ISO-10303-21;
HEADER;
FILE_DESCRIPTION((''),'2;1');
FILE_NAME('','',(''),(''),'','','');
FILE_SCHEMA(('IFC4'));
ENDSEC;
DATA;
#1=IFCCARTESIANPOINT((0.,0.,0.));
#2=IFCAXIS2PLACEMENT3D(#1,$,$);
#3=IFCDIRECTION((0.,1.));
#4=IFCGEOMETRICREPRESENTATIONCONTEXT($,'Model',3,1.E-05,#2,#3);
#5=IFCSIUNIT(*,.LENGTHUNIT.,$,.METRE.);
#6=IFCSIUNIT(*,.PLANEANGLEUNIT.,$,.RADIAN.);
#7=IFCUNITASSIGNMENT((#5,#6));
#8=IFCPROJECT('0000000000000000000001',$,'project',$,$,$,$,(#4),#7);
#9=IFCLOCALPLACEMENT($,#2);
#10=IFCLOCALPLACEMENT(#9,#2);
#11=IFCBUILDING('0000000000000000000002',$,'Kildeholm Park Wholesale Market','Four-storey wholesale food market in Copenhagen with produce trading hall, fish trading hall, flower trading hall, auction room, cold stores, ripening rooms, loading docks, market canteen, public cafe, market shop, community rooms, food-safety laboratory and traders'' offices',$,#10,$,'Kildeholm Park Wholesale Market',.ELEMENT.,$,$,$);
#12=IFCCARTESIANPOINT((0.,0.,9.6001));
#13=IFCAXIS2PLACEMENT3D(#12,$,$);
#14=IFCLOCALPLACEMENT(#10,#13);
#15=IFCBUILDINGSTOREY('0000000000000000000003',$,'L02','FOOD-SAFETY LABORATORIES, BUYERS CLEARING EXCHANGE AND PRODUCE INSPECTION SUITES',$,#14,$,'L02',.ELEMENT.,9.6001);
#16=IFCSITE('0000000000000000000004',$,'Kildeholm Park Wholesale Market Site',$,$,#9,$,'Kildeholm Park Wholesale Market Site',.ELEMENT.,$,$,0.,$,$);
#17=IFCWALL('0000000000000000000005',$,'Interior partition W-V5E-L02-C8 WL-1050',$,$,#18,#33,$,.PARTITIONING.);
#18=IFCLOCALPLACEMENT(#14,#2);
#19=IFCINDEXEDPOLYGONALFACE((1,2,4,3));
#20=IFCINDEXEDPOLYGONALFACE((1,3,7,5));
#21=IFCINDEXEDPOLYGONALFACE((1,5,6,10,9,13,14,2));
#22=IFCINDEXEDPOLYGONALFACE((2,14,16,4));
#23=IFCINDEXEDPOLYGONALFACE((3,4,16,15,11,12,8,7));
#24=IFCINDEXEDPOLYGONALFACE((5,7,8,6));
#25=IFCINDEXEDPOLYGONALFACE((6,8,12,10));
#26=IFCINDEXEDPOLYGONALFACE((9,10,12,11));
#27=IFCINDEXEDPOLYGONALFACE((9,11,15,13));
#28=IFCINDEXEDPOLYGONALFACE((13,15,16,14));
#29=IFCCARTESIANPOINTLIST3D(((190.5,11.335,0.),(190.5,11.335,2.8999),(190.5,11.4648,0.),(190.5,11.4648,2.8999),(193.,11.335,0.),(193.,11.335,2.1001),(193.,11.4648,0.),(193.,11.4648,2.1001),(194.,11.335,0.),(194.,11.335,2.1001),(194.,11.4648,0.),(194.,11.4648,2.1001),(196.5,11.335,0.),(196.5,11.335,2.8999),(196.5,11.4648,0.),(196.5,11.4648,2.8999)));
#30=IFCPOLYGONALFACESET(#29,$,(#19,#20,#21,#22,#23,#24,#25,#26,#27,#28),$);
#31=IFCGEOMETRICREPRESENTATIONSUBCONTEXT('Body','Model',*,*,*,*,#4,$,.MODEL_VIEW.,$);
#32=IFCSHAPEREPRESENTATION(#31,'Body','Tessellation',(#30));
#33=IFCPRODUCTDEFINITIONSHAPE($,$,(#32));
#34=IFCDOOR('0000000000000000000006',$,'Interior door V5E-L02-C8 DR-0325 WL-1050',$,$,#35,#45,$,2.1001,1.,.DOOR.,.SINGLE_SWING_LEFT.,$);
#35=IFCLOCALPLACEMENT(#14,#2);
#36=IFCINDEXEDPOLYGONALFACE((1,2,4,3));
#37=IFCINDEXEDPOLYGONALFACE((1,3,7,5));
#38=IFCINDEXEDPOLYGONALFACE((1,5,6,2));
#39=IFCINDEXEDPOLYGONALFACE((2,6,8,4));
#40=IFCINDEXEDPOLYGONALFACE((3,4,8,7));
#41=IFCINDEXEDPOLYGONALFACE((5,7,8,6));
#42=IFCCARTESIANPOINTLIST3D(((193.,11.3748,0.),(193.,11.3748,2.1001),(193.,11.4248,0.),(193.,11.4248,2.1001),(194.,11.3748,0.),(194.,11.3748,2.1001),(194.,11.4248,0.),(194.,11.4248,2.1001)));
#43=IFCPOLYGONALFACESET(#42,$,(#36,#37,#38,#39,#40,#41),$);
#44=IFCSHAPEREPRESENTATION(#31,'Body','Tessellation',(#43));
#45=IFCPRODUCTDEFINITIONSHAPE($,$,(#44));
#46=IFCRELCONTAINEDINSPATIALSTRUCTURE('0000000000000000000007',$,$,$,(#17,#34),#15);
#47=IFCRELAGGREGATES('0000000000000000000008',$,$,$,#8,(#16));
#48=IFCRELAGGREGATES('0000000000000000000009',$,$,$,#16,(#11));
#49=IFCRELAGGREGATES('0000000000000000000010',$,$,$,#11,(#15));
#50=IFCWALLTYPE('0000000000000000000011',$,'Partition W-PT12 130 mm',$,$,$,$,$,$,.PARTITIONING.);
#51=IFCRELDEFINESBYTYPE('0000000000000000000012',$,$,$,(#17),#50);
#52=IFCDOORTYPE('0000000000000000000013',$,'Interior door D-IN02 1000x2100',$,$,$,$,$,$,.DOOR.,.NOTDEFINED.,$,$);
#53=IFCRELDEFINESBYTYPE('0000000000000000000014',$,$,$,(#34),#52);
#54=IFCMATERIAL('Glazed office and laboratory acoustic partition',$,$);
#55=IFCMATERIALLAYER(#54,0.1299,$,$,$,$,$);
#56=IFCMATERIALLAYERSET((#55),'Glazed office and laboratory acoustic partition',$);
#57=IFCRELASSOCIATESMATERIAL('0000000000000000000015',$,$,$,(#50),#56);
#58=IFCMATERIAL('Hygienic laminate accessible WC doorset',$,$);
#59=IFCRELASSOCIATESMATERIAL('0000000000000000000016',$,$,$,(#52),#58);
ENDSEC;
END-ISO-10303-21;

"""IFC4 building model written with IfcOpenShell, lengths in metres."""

from ifc_helpers import new_model, si_unit, direction, frame, frame_2d, origin, place, context, subcontext, project, spatial, rectangle, extrude, material, layer, layer_set, type_object, element, fill, save


model = new_model("IFC4")

# Units and contexts
model_context = context("Model", 3, precision=1e-05, world=origin(), true_north=direction((0.0, 1.0)))
body_context = subcontext(model_context, "Body", "Model", "MODEL_VIEW")
ifc_project = project(units=[si_unit("LENGTHUNIT", "METRE"), si_unit("PLANEANGLEUNIT", "RADIAN")], contexts=[model_context])

# Site, building, storey
site_placement = place(None, origin())
site = spatial("IfcSite", under=ifc_project, at=site_placement, Name="Kildeholm Park Wholesale Market Site", LongName="Kildeholm Park Wholesale Market Site", CompositionType="ELEMENT", RefElevation=0.0)
building_placement = place(site_placement, origin())
building = spatial("IfcBuilding", under=site, at=building_placement, Name="Kildeholm Park Wholesale Market", Description="Four-storey wholesale food market in Copenhagen with produce trading hall, fish trading hall, flower trading hall, auction room, cold stores, ripening rooms, loading docks, market canteen, public cafe, market shop, community rooms, food-safety laboratory and traders' offices", LongName="Kildeholm Park Wholesale Market", CompositionType="ELEMENT")
storey_placement = place(building_placement, frame((0.0, 0.0, 9.6001)))
storey = spatial("IfcBuildingStorey", under=building, at=storey_placement, Name="L02", Description="FOOD-SAFETY LABORATORIES, BUYERS CLEARING EXCHANGE AND PRODUCE INSPECTION SUITES", LongName="L02", CompositionType="ELEMENT", Elevation=9.6001)

# Wall, opening, door
ifc_material_1 = material(Name="Glazed office and laboratory acoustic partition")
ifc_layer_1 = layer(ifc_material_1, 0.1299)
ifc_layer_set_1 = layer_set([ifc_layer_1], Name="Glazed office and laboratory acoustic partition")
wall_type_1 = type_object("IfcWallType", Name="Partition W-PT12 130 mm", PredefinedType="PARTITIONING", material=ifc_layer_set_1)
wall_1_placement = place(storey_placement, frame((190.5, 11.3999, 0.0), z_axis=(0.0, 0.0, 1.0), x_axis=(1.0, 0.0, 0.0)))
wall_1 = element("IfcWall", 1, at=wall_1_placement, inside=storey, type_object=wall_type_1, Name="Interior partition W-V5E-L02-C8 WL-1050", PredefinedType="PARTITIONING", context=body_context, shape_type="SweptSolid", body=[
    extrude(rectangle(XDim=6.0, YDim=0.1299, at=frame_2d((3.0, 0.0))), origin(), (0.0, 0.0, 1.0), 2.8999),
])
opening_1_placement = place(wall_1_placement, frame((2.5, 0.0, 0.0)))
opening_1 = element("IfcOpeningElement", 2, at=opening_1_placement, cuts=wall_1, PredefinedType="OPENING", context=body_context, shape_type="SweptSolid", body=[
    extrude(rectangle(XDim=1.0, YDim=2.1001, at=frame_2d((0.5, 1.05))), frame((0.0, 0.075, 0.0), z_axis=(0.0, -1.0, 0.0), x_axis=(1.0, 0.0, 0.0)), (0.0, 0.0, 1.0), 0.1499),
])
ifc_material_2 = material(Name="Hygienic laminate accessible WC doorset")
door_type = type_object("IfcDoorType", Name="Interior door D-IN02 1000x2100", OperationType="NOTDEFINED", PredefinedType="DOOR", material=ifc_material_2)
door_placement = place(opening_1_placement, origin())
door = element("IfcDoor", 3, at=door_placement, inside=storey, type_object=door_type, Name="Interior door V5E-L02-C8 DR-0325 WL-1050", OperationType="SINGLE_SWING_LEFT", OverallHeight=2.1001, OverallWidth=1.0, PredefinedType="DOOR", context=body_context, shape_type="SweptSolid", body=[
    extrude(rectangle(XDim=1.0, YDim=2.1001, at=frame_2d((0.5, 1.05))), frame((0.0, 0.0249, 0.0), z_axis=(0.0, -1.0, 0.0), x_axis=(1.0, 0.0, 0.0)), (0.0, 0.0, 1.0), 0.05),
])
fill(opening_1, door)

save(model, "model.ifc")
